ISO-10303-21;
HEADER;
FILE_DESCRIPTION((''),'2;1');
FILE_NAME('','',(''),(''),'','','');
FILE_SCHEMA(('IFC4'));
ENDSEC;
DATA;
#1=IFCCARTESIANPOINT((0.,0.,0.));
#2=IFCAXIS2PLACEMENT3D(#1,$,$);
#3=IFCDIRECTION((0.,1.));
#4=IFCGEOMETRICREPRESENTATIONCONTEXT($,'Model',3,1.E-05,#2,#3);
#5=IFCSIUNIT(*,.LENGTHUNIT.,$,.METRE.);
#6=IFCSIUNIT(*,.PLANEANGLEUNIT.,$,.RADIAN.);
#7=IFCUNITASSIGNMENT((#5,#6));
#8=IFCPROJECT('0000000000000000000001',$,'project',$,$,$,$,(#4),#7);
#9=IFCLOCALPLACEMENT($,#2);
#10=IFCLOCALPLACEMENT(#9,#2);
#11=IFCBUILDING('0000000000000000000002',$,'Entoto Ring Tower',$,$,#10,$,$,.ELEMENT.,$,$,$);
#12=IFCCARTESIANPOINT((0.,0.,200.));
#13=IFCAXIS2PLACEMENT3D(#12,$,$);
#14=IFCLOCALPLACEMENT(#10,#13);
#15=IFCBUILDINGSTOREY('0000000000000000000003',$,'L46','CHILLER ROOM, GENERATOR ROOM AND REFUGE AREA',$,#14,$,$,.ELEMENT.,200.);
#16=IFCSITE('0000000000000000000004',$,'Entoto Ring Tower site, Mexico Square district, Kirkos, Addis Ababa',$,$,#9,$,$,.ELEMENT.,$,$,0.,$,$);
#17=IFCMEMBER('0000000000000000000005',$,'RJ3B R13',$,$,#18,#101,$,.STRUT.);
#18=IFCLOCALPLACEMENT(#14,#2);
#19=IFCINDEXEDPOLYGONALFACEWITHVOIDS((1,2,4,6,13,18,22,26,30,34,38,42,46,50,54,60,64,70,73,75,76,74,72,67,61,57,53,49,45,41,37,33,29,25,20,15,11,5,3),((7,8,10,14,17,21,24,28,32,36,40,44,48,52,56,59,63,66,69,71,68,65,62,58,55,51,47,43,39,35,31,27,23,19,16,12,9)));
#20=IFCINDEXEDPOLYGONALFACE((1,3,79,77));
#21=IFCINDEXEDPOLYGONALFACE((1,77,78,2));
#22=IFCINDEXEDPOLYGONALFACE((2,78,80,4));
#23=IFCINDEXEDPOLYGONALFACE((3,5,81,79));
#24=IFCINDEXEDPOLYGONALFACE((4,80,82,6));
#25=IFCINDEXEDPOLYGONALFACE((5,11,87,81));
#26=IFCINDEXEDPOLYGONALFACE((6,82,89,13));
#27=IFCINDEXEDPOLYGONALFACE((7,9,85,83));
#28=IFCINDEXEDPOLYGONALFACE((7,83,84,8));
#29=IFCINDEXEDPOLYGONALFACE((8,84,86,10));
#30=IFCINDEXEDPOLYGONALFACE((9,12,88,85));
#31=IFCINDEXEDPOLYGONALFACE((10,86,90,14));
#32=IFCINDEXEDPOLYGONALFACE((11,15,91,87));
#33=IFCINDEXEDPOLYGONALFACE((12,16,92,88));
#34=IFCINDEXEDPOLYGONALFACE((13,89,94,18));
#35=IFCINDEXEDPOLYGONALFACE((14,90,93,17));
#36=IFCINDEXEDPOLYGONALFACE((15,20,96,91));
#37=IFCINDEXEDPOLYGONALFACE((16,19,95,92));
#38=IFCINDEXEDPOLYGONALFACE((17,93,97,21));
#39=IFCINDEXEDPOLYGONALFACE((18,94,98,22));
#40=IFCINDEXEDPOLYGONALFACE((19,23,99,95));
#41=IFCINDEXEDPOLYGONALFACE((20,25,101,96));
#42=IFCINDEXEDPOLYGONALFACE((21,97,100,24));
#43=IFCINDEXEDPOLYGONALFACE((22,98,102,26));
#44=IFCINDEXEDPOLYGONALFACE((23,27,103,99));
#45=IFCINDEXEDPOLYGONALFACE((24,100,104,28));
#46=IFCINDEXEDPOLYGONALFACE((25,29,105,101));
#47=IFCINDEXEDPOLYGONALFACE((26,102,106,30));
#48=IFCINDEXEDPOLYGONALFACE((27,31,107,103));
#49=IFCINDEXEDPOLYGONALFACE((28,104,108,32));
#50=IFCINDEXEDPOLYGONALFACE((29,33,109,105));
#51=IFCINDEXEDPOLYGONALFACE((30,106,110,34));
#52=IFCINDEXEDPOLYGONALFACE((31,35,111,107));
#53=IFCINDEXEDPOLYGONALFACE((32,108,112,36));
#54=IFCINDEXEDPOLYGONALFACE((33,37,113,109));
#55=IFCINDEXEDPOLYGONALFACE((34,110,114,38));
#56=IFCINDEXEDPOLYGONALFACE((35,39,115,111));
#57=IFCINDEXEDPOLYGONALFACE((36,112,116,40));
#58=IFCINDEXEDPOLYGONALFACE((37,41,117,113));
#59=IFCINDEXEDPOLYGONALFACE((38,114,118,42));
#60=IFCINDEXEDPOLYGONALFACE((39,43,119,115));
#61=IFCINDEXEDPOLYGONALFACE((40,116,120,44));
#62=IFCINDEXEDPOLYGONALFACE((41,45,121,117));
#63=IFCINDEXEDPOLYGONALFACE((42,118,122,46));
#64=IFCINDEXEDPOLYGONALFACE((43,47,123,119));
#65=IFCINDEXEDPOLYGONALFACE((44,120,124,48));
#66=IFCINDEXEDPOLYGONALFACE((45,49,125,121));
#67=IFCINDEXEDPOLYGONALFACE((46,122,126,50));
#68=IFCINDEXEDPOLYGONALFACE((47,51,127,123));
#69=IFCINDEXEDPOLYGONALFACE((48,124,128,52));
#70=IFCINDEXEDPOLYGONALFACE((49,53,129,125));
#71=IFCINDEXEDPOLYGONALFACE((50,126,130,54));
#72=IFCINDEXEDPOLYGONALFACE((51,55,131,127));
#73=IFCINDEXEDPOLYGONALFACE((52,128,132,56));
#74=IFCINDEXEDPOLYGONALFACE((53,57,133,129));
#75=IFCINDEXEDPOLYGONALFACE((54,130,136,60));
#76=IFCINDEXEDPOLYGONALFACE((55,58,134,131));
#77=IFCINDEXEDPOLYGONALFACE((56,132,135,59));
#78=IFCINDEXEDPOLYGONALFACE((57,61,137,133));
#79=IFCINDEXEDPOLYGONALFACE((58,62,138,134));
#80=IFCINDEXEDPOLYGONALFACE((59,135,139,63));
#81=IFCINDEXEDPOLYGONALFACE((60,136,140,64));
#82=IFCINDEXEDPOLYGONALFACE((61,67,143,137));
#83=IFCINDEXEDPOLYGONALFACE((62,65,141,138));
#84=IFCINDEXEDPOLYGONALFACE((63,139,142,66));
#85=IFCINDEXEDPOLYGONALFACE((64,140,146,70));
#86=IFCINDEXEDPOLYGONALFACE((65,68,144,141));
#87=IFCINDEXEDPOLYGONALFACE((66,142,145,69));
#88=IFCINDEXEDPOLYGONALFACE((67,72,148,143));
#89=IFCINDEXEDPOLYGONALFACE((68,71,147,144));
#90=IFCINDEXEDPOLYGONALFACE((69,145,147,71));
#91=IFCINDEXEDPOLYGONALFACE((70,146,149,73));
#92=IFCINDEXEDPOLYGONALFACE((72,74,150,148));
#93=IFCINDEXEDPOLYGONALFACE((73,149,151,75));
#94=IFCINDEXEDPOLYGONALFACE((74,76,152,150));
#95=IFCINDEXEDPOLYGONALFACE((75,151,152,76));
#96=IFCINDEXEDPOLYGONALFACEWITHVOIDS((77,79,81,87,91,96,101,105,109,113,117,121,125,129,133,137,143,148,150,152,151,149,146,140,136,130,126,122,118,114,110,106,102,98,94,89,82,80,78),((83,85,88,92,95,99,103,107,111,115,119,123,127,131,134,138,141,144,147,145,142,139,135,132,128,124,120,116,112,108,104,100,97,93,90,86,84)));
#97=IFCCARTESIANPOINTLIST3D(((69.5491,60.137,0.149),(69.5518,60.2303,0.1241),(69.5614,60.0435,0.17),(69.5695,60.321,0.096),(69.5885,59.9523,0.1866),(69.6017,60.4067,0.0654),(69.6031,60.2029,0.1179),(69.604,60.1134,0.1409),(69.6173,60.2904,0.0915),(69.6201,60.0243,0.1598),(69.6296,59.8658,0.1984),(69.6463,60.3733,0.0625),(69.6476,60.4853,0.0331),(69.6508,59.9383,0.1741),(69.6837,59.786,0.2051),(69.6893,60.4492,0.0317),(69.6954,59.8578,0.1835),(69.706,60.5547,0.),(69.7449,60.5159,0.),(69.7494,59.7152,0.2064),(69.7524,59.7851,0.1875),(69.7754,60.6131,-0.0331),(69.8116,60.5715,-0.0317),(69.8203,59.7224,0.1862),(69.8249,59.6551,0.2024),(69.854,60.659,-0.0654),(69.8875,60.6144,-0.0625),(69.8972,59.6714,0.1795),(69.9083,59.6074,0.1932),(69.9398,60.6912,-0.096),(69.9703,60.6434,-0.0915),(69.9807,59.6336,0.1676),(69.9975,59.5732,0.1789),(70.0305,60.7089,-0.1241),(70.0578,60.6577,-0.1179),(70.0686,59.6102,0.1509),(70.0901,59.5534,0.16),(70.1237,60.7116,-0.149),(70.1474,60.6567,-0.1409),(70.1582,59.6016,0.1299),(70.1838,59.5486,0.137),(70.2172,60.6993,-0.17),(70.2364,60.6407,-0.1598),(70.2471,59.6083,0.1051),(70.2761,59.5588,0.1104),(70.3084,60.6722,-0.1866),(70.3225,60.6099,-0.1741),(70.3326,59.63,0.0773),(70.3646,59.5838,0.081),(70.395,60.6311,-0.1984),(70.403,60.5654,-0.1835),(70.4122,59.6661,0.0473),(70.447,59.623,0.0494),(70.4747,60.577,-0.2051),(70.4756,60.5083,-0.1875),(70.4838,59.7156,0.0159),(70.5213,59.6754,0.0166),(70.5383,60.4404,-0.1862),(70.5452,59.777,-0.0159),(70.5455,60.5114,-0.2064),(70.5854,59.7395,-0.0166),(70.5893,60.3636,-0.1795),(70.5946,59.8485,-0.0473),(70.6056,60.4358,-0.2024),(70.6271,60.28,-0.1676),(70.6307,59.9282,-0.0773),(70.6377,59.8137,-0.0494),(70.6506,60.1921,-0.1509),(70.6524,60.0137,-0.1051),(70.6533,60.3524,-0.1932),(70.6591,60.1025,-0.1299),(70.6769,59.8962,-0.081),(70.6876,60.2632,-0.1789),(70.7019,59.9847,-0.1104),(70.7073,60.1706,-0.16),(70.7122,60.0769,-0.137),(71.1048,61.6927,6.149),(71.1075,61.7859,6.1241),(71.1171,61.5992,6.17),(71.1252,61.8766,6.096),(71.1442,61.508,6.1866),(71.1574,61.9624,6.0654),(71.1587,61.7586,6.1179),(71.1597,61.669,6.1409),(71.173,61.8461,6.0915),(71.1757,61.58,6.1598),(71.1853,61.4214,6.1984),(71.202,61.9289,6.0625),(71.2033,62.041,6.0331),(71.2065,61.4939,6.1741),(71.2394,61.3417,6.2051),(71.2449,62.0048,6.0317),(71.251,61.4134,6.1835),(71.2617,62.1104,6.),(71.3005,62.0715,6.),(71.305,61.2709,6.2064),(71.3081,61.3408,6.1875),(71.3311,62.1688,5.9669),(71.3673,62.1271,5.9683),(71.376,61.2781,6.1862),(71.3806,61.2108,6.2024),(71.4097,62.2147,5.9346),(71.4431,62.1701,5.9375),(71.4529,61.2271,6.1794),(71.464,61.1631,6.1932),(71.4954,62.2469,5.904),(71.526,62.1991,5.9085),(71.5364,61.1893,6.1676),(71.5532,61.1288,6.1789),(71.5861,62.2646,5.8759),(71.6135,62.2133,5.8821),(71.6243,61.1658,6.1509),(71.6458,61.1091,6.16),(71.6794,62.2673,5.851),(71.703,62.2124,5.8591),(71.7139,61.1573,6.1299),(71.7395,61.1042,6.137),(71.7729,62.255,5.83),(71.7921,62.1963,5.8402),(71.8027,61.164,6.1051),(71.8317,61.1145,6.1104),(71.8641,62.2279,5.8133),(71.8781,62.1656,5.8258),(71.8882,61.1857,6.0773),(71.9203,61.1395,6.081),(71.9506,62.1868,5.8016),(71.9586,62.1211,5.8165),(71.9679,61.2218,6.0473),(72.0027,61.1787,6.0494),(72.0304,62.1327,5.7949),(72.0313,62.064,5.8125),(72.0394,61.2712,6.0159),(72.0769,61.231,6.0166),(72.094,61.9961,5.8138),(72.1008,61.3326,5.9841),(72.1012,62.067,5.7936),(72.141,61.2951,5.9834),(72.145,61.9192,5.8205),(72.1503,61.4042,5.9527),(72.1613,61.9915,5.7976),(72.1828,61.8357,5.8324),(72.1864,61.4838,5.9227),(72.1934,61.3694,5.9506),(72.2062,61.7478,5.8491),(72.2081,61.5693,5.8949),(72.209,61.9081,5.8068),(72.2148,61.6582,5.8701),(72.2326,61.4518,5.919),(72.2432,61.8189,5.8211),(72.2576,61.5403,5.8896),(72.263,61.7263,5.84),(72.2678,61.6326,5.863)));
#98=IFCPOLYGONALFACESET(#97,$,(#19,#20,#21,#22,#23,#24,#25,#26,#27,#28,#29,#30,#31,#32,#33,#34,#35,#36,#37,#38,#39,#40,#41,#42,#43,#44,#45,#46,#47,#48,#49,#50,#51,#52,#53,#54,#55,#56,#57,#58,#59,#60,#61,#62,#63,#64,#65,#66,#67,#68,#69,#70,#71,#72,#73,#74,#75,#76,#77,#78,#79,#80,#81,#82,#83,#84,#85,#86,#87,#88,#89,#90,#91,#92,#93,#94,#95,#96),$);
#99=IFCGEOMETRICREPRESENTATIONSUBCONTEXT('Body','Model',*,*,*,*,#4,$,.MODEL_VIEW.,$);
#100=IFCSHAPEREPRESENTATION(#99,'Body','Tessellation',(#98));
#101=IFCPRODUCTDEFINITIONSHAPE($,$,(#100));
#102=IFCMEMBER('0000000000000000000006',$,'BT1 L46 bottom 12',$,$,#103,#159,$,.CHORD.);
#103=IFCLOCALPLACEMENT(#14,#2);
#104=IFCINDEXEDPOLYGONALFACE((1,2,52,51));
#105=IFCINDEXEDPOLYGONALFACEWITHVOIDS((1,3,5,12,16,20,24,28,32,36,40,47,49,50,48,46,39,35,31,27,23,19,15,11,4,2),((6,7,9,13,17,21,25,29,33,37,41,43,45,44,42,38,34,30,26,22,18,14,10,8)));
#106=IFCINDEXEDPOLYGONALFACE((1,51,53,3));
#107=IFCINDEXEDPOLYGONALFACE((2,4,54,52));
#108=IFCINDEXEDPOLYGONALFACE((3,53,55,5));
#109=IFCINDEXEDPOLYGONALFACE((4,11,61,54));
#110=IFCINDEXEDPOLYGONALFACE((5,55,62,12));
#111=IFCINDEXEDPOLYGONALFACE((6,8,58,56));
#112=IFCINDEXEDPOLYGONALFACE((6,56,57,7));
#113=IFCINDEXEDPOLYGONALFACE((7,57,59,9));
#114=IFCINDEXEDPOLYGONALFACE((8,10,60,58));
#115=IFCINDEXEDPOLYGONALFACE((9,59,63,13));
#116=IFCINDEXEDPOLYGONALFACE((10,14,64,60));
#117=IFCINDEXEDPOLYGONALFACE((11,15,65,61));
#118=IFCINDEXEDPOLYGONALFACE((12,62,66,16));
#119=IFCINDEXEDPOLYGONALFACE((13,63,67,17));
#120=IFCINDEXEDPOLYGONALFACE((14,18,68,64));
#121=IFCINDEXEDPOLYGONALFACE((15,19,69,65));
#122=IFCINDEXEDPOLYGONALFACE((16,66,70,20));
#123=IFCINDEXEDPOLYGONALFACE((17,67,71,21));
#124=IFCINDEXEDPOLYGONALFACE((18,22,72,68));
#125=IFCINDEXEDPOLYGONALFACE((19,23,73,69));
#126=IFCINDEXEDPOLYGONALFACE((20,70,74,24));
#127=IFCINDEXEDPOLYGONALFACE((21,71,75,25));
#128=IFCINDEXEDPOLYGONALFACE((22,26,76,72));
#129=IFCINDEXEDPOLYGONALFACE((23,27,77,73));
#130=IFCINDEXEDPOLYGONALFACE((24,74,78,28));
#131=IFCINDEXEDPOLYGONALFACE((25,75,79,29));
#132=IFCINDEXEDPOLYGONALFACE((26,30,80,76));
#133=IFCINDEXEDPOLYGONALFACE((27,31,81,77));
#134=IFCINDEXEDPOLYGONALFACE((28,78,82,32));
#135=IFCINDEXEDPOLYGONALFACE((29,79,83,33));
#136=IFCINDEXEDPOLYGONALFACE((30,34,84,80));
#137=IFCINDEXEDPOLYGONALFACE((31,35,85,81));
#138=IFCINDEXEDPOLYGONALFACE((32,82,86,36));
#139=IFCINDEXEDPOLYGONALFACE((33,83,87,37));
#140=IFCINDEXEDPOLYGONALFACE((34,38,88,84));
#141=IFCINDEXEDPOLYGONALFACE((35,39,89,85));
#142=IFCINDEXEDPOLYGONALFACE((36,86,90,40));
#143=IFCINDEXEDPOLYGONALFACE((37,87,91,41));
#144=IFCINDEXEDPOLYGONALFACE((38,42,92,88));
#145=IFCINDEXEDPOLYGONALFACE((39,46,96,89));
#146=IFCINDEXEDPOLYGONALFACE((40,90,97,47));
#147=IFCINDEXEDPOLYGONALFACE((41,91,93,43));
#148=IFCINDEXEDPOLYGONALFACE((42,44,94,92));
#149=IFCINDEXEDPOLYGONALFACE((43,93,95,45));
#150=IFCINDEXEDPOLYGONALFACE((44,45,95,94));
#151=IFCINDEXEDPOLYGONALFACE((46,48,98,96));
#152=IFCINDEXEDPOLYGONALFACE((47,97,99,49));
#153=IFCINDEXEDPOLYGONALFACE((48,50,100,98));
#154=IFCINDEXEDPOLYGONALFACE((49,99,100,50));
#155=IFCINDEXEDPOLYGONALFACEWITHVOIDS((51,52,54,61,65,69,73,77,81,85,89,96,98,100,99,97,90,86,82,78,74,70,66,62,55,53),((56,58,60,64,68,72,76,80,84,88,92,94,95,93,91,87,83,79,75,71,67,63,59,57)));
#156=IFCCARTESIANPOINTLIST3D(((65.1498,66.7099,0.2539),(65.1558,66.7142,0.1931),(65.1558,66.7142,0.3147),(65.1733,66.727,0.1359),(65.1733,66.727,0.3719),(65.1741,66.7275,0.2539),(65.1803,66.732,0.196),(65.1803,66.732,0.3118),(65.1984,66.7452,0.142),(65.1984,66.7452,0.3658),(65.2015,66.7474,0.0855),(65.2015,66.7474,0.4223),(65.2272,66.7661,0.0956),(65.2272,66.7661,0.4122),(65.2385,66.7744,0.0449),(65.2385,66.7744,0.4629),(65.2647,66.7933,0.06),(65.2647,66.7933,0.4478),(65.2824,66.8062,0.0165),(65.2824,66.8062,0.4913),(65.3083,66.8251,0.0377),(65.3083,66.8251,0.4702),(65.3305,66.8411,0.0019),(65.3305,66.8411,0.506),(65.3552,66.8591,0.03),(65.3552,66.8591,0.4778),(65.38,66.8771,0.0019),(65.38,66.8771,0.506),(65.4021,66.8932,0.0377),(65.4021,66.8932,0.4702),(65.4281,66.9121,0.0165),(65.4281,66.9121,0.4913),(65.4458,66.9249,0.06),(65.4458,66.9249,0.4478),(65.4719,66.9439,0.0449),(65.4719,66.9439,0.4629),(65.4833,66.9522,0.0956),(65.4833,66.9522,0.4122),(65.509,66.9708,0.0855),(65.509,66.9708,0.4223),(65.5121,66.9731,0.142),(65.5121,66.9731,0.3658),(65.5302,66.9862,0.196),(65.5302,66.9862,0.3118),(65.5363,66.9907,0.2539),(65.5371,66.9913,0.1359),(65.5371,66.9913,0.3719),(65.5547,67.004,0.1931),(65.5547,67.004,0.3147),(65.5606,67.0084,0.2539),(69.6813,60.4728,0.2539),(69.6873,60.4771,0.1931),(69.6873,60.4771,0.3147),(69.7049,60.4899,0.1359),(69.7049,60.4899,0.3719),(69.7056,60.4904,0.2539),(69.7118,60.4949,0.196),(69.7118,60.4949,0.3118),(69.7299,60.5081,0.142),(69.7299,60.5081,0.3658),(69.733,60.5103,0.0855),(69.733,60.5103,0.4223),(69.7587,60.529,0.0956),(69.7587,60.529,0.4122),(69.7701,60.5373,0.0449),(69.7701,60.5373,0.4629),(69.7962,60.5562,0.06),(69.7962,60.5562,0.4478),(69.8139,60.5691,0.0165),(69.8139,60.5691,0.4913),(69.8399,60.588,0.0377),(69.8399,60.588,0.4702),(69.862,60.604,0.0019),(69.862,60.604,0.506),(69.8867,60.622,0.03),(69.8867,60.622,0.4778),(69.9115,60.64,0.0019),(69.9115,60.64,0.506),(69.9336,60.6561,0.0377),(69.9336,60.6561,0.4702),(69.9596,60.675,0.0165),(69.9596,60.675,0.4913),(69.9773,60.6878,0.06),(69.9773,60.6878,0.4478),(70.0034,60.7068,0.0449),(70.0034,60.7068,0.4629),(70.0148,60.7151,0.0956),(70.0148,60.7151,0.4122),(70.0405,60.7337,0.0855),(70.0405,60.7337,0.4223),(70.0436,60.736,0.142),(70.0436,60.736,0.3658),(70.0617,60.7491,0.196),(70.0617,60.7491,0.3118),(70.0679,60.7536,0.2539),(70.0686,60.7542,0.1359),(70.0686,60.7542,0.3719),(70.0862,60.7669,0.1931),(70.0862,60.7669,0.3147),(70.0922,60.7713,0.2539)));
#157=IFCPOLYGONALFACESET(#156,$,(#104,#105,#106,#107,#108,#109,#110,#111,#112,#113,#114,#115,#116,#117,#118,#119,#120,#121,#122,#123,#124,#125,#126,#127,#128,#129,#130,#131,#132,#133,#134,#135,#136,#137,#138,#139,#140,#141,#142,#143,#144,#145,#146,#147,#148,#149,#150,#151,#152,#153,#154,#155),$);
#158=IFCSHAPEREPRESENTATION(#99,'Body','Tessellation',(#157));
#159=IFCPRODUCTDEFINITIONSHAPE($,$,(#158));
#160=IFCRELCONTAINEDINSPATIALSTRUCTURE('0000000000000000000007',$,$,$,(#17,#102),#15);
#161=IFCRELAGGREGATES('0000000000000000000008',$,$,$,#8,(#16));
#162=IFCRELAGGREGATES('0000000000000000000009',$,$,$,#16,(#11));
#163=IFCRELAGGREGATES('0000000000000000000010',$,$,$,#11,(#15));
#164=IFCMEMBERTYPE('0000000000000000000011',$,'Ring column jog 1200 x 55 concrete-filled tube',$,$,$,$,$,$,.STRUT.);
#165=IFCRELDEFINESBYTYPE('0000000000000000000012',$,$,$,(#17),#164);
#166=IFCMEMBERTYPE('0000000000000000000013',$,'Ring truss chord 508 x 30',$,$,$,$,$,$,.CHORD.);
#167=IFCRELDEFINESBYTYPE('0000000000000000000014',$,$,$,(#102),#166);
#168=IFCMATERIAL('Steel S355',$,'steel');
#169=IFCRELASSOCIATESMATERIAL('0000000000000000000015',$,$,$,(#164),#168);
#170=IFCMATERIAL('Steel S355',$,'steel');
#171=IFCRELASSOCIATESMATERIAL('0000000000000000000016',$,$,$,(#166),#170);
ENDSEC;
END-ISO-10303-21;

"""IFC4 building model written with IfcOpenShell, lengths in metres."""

from ifc_helpers import new_model, si_unit, direction, frame, origin, origin_2d, place, context, subcontext, project, spatial, circle, hollow_circle, extrude, material, material_profile, profile_set, type_object, element, save


model = new_model("IFC4")

# Units and contexts
model_context = context("Model", 3, precision=1e-05, world=origin(), true_north=direction((0.0, 1.0)))
body_context = subcontext(model_context, "Body", "Model", "MODEL_VIEW")
ifc_project = project(units=[si_unit("LENGTHUNIT", "METRE"), si_unit("PLANEANGLEUNIT", "RADIAN")], contexts=[model_context])

# Site, building, storey
site_placement = place(None, origin())
site = spatial("IfcSite", under=ifc_project, at=site_placement, Name="Entoto Ring Tower site, Mexico Square district, Kirkos, Addis Ababa", CompositionType="ELEMENT", RefElevation=0.0)
building_placement = place(site_placement, origin())
building = spatial("IfcBuilding", under=site, at=building_placement, Name="Entoto Ring Tower", CompositionType="ELEMENT")
storey_placement = place(building_placement, frame((0.0, 0.0, 200.0)))
storey = spatial("IfcBuildingStorey", under=building, at=storey_placement, Name="L46", Description="CHILLER ROOM, GENERATOR ROOM AND REFUGE AREA", CompositionType="ELEMENT", Elevation=200.0)

# Members
ifc_material_1 = material(Name="Steel S355", Category="steel")
ifc_material_profile_1 = material_profile(ifc_material_1, hollow_circle(Radius=0.6001, WallThickness=0.0549, at=origin_2d()), Name="CHS 1200 x 55")
ifc_material_2 = material(Name="Concrete C60/75", Category="concrete")
ifc_material_profile_2 = material_profile(ifc_material_2, circle(Radius=0.5449, at=origin_2d()), Name="Concrete C60/75 infill")
ifc_profile_set_1 = profile_set([ifc_material_profile_1, ifc_material_profile_2], Name="Steel S355")
member_type_1 = type_object("IfcMemberType", Name="Ring column jog 1200 x 55 concrete-filled tube", PredefinedType="STRUT", material=ifc_profile_set_1)
member_1_placement = place(storey_placement, frame((70.1304, 60.1304, 0.0), z_axis=(0.243429, 0.243429, 0.938874), x_axis=(-0.707107, 0.707107, 0.0)))
element("IfcMember", 1, at=member_1_placement, inside=storey, type_object=member_type_1, Name="RJ3B R13", PredefinedType="STRUT", context=body_context, shape_type="SweptSolid", body=[
    extrude(hollow_circle(Radius=0.6001, WallThickness=0.0549, at=origin_2d()), origin(), (0.0, 0.0, 1.0), 6.3906),
])
ifc_material_3 = material(Name="Steel S355", Category="steel")
ifc_material_profile_3 = material_profile(ifc_material_3, hollow_circle(Radius=0.2539, WallThickness=0.03, at=origin_2d()), Name="CHS 508 x 30")
ifc_material_4 = material(Name="Concrete C60/75", Category="concrete")
ifc_material_profile_4 = material_profile(ifc_material_4, circle(Radius=0.2241, at=origin_2d()), Name="Concrete C60/75 infill")
ifc_profile_set_2 = profile_set([ifc_material_profile_3, ifc_material_profile_4], Name="Steel S355")
member_type_2 = type_object("IfcMemberType", Name="Ring truss chord 508 x 30", PredefinedType="CHORD", material=ifc_profile_set_2)
member_2_placement = place(storey_placement, frame((65.3552, 66.8591, 0.2539), z_axis=(0.587786, -0.809017, 0.0), x_axis=(0.809017, 0.587786, 0.0)))
element("IfcMember", 2, at=member_2_placement, inside=storey, type_object=member_type_2, Name="BT1 L46 bottom 12", PredefinedType="CHORD", context=body_context, shape_type="SweptSolid", body=[
    extrude(hollow_circle(Radius=0.2539, WallThickness=0.03, at=origin_2d()), origin(), (0.0, 0.0, 1.0), 7.7095),
])

save(model, "model.ifc")
